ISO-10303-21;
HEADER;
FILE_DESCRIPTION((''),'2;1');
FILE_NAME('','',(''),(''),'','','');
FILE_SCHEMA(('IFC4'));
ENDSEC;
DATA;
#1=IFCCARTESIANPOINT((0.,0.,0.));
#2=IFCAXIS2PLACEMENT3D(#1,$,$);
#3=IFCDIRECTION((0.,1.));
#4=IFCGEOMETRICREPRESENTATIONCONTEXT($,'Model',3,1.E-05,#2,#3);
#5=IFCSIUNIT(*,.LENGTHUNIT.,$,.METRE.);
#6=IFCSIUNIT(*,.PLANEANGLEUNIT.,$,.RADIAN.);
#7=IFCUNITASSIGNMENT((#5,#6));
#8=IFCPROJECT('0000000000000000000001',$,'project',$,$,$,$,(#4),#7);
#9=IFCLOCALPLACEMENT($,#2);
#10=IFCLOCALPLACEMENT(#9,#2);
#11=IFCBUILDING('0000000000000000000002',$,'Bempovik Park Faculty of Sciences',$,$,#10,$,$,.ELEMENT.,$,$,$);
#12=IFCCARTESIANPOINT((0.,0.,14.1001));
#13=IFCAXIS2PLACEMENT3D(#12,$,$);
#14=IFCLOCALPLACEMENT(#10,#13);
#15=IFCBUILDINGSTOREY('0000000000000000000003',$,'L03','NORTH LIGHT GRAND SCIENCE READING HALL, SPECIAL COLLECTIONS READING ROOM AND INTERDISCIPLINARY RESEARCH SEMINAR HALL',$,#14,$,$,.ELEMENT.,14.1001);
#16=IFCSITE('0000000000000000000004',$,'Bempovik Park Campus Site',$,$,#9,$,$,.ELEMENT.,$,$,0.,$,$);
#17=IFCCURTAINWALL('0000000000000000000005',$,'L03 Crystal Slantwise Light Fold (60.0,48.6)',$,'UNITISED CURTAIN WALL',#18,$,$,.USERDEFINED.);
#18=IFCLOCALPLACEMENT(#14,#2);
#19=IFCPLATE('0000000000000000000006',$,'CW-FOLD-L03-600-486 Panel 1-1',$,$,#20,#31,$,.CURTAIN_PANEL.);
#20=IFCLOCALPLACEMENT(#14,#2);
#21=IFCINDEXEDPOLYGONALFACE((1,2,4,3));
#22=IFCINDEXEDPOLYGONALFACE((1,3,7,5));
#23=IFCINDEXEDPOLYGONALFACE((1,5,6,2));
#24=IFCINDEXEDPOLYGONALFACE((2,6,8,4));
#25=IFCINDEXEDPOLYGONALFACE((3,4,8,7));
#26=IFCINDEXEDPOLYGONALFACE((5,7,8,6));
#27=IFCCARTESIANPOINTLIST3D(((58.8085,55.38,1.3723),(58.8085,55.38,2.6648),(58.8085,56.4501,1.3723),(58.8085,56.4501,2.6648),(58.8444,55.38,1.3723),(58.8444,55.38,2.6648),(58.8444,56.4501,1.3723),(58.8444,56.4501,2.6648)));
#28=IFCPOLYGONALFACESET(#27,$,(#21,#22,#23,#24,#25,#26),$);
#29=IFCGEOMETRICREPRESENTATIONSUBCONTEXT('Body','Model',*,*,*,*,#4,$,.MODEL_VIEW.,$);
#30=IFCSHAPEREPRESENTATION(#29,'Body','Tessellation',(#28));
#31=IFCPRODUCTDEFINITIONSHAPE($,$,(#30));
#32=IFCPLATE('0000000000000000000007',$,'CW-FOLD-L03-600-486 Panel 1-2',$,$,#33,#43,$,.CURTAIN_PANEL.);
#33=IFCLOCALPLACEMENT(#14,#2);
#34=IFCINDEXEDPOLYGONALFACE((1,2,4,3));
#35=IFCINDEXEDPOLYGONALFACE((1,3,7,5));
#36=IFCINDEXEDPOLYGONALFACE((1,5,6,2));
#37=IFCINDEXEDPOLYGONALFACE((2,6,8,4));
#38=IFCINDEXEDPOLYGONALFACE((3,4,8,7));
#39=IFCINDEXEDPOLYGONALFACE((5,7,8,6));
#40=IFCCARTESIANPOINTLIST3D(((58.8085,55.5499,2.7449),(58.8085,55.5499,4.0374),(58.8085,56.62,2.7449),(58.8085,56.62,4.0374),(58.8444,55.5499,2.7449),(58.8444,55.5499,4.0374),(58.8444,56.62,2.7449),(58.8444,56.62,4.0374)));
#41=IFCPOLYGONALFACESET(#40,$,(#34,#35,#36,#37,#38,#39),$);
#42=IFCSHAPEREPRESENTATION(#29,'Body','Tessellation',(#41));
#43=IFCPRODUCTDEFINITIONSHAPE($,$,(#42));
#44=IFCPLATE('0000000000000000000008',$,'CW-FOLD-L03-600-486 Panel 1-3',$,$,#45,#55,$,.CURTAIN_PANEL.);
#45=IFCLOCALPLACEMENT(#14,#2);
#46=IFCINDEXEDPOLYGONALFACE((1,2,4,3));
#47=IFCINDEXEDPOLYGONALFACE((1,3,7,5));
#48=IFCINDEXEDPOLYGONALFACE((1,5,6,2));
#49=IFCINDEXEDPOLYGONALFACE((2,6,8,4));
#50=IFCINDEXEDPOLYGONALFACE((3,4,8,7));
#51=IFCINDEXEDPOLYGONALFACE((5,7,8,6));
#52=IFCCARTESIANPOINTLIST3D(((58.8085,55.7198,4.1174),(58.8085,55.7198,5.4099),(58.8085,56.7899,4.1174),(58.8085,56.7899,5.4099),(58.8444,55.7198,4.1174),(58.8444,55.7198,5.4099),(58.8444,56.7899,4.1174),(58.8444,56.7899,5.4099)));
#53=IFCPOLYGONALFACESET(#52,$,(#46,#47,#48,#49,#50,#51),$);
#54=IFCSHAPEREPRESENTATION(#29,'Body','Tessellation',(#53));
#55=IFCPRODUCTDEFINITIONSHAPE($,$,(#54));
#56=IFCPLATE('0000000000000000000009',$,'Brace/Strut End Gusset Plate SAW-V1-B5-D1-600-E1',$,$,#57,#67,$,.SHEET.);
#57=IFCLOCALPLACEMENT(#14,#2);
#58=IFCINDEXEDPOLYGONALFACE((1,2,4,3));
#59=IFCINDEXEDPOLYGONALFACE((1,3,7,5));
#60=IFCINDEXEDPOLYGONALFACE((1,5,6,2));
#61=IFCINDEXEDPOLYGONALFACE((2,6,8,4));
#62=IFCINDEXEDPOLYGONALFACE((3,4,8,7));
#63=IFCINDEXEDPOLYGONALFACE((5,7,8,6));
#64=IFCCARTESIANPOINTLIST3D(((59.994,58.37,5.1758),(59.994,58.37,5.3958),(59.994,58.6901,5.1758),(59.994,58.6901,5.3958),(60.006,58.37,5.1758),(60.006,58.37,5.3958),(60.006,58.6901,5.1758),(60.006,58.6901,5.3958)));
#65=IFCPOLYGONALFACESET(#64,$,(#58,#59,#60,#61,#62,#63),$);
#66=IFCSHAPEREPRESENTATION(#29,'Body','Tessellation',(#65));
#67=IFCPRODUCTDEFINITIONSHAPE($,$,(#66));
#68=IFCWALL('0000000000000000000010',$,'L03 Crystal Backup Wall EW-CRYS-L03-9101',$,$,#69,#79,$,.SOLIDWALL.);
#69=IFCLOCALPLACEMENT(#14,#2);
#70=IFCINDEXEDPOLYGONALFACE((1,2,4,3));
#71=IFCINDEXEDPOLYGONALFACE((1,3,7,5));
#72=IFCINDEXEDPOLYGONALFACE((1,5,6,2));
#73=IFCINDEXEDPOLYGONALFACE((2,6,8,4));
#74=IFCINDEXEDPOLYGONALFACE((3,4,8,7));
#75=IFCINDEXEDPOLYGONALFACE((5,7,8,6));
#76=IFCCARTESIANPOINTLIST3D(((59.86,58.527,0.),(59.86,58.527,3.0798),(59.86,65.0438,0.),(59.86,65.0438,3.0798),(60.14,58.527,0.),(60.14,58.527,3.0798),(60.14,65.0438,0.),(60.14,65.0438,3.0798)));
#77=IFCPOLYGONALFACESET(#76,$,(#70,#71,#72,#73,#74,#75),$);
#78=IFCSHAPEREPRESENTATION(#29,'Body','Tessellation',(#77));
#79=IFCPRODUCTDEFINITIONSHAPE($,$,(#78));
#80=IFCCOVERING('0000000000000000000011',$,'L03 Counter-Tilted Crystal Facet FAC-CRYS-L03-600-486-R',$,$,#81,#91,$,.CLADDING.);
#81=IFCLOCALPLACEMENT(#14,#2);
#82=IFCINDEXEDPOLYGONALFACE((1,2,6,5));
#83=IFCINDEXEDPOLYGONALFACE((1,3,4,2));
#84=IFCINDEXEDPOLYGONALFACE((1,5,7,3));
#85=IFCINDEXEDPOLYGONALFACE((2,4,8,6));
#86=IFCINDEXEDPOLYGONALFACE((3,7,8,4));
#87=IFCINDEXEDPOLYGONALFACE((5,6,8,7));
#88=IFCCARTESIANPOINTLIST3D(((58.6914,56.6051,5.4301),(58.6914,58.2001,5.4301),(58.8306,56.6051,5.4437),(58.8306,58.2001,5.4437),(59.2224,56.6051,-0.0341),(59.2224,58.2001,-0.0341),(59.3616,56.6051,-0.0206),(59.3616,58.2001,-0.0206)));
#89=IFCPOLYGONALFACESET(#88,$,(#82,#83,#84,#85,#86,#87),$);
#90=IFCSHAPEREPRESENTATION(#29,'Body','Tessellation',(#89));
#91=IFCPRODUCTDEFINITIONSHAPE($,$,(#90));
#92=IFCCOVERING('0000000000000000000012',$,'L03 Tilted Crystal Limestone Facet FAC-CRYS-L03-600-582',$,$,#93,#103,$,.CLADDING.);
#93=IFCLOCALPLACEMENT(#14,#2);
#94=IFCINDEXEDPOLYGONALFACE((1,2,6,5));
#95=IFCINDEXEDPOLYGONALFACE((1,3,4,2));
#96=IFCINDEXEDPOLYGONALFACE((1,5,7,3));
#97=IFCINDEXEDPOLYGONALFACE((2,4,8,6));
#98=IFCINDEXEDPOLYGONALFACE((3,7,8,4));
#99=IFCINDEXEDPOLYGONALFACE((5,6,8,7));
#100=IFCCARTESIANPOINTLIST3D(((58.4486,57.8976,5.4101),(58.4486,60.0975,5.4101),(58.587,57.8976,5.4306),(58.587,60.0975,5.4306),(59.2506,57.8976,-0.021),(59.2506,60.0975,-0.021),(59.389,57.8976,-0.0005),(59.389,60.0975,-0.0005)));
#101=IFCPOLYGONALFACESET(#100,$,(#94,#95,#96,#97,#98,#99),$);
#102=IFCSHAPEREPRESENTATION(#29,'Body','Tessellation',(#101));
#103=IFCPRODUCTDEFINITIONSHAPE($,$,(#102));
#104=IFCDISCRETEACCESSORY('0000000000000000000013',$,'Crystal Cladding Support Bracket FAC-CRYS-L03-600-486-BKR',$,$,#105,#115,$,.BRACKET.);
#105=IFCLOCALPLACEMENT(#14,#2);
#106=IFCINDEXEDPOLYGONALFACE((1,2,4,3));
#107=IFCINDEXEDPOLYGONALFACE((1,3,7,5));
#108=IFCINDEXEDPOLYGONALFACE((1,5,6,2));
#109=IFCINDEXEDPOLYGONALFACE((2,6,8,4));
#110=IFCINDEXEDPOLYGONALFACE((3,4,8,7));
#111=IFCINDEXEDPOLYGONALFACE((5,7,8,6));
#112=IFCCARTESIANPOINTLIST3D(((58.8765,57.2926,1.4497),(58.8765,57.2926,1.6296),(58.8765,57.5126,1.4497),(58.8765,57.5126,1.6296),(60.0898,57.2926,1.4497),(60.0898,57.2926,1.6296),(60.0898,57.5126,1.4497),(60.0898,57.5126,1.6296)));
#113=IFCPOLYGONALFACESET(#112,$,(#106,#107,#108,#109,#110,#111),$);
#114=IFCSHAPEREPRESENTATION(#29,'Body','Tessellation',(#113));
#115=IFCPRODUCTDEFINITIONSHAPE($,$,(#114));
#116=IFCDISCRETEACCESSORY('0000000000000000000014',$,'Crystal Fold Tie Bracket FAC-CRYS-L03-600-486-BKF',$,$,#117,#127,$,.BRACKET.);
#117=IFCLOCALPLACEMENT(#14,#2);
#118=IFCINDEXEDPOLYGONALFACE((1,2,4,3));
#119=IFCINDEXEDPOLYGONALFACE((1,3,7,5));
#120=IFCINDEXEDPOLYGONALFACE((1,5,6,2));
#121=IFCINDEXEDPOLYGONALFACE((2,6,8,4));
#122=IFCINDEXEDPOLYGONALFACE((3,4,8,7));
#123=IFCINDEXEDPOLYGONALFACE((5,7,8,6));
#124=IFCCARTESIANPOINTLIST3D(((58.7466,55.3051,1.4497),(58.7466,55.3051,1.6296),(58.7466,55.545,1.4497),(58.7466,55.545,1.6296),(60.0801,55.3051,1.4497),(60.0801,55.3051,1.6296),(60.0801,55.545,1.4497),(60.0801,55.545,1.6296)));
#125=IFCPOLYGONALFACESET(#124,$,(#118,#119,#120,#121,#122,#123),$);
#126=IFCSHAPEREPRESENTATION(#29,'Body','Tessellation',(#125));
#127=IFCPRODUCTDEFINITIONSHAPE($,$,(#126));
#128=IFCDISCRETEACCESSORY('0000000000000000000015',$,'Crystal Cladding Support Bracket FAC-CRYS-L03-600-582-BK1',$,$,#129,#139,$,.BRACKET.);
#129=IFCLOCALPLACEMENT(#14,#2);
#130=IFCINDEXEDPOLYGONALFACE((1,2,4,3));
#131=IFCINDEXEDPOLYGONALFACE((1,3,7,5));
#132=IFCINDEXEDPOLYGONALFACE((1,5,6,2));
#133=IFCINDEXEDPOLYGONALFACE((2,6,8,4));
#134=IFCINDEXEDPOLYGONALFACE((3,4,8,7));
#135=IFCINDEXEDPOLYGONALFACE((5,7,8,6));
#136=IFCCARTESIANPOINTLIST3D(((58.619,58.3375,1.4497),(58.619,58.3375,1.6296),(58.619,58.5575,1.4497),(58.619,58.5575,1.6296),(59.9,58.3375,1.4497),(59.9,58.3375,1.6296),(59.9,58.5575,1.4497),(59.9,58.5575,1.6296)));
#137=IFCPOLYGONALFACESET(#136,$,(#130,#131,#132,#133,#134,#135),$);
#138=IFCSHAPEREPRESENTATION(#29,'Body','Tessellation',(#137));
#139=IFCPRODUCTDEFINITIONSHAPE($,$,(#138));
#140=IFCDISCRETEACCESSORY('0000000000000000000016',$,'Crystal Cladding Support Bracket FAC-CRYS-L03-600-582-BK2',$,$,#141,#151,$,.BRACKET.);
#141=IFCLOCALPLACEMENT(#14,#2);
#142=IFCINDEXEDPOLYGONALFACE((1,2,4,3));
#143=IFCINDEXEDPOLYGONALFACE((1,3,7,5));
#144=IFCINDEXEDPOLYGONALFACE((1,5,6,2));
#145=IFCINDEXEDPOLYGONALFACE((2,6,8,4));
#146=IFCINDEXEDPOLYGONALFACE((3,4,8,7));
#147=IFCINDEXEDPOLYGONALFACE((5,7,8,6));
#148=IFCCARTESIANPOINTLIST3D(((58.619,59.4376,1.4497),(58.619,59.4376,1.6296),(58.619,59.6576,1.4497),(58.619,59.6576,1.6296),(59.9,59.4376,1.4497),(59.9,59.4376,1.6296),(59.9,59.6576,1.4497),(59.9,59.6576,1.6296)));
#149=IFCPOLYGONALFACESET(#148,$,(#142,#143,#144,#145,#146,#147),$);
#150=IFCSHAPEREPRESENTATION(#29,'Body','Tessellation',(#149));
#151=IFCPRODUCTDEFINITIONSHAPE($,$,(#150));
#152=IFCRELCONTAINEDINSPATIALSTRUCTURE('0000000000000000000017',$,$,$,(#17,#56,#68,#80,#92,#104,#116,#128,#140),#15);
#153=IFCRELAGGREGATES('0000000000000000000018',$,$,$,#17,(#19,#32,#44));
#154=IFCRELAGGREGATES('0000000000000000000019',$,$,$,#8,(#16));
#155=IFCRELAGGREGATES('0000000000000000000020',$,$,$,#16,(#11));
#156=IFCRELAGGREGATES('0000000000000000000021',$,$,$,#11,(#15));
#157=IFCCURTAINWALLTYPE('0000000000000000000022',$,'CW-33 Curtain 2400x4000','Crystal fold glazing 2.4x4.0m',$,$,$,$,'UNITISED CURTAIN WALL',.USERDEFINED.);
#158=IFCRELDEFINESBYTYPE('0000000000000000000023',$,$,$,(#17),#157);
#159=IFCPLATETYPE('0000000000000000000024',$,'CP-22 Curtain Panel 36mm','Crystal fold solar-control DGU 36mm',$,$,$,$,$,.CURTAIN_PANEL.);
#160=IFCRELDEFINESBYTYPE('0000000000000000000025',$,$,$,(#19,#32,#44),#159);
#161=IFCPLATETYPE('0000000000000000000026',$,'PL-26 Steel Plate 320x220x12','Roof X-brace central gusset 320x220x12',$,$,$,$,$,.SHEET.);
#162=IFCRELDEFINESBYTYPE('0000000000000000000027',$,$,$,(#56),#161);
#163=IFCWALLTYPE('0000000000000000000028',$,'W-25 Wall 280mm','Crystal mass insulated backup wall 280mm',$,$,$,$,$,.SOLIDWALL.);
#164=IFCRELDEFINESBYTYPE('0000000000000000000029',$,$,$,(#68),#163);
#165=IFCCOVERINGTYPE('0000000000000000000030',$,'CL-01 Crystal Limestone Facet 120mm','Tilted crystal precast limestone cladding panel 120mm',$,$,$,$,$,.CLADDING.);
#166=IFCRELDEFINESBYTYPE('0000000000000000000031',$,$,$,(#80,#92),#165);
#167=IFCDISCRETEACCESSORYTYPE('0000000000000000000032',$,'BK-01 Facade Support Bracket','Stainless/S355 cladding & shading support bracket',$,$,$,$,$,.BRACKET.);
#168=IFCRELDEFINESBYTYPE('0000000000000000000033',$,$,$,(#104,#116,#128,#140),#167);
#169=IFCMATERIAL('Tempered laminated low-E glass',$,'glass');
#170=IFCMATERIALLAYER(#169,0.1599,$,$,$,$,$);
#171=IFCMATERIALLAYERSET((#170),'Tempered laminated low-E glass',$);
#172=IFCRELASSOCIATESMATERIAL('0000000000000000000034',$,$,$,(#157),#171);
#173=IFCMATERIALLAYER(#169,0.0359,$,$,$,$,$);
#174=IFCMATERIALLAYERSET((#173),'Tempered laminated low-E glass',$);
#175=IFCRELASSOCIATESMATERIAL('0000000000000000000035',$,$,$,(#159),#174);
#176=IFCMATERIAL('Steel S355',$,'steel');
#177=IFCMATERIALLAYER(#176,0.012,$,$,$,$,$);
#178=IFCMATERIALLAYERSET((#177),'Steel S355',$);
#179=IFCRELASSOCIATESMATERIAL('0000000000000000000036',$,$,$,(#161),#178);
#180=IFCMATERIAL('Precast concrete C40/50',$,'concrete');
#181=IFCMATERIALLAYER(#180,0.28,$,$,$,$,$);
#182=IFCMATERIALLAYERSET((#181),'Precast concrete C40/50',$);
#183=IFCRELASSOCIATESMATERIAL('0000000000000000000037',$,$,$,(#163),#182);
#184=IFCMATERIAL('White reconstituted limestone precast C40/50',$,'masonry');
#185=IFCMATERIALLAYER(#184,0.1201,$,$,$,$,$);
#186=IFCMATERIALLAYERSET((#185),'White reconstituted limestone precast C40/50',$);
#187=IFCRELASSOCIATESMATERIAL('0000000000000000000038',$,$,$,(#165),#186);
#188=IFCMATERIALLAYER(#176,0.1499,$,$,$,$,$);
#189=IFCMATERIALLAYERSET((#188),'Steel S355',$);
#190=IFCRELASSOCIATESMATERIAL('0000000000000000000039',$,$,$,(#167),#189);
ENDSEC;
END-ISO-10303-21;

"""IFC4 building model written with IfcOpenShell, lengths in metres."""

from ifc_helpers import new_model, si_unit, direction, frame, frame_2d, origin, origin_2d, place, context, subcontext, project, spatial, rectangle, extrude, material, layer, layer_set, type_object, element, aggregate, save


model = new_model("IFC4")

# Units and contexts
model_context = context("Model", 3, precision=1e-05, world=origin(), true_north=direction((0.0, 1.0)))
body_context = subcontext(model_context, "Body", "Model", "MODEL_VIEW")
ifc_project = project(units=[si_unit("LENGTHUNIT", "METRE"), si_unit("PLANEANGLEUNIT", "RADIAN")], contexts=[model_context])

# Site, building, storey
site_placement = place(None, origin())
site = spatial("IfcSite", under=ifc_project, at=site_placement, Name="Bempovik Park Campus Site", CompositionType="ELEMENT", RefElevation=0.0)
building_placement = place(site_placement, origin())
building = spatial("IfcBuilding", under=site, at=building_placement, Name="Bempovik Park Faculty of Sciences", CompositionType="ELEMENT")
storey_placement = place(building_placement, frame((0.0, 0.0, 14.1001)))
storey = spatial("IfcBuildingStorey", under=building, at=storey_placement, Name="L03", Description="NORTH LIGHT GRAND SCIENCE READING HALL, SPECIAL COLLECTIONS READING ROOM AND INTERDISCIPLINARY RESEARCH SEMINAR HALL", CompositionType="ELEMENT", Elevation=14.1001)

# Shared definitions
ifc_material_1 = material(Name="Steel S355", Category="steel")

# Curtain wall
ifc_material_2 = material(Name="Tempered laminated low-E glass", Category="glass")
ifc_layer_1 = layer(ifc_material_2, 0.1599)
ifc_layer_set_1 = layer_set([ifc_layer_1], Name="Tempered laminated low-E glass")
curtain_wall_type = type_object("IfcCurtainWallType", Name="CW-33 Curtain 2400x4000", Description="Crystal fold glazing 2.4x4.0m", ElementType="UNITISED CURTAIN WALL", PredefinedType="USERDEFINED", material=ifc_layer_set_1)
curtain_wall_1_placement = place(storey_placement, origin())
curtain_wall_1 = element("IfcCurtainWall", 1, at=curtain_wall_1_placement, inside=storey, type_object=curtain_wall_type, Name="L03 Crystal Slantwise Light Fold (60.0,48.6)", ObjectType="UNITISED CURTAIN WALL", PredefinedType="USERDEFINED")

# Plates
ifc_layer_2 = layer(ifc_material_2, 0.0359)
ifc_layer_set_2 = layer_set([ifc_layer_2], Name="Tempered laminated low-E glass")
plate_type_1 = type_object("IfcPlateType", Name="CP-22 Curtain Panel 36mm", Description="Crystal fold solar-control DGU 36mm", PredefinedType="CURTAIN_PANEL", material=ifc_layer_set_2)
plate_1_placement = place(storey_placement, frame((58.8264, 55.915, 1.3723), z_axis=(0.0, 0.0, 1.0), x_axis=(0.0, 1.0, 0.0)))
plate_1 = element("IfcPlate", 2, at=plate_1_placement, type_object=plate_type_1, Name="CW-FOLD-L03-600-486 Panel 1-1", PredefinedType="CURTAIN_PANEL", context=body_context, shape_type="SweptSolid", body=[
    extrude(rectangle(XDim=1.0701, YDim=0.0359, at=origin_2d()), origin(), (0.0, 0.0, 1.0), 1.2925),
])
plate_2_placement = place(storey_placement, frame((58.8264, 56.085, 2.7449), z_axis=(0.0, 0.0, 1.0), x_axis=(0.0, 1.0, 0.0)))
plate_2 = element("IfcPlate", 3, at=plate_2_placement, type_object=plate_type_1, Name="CW-FOLD-L03-600-486 Panel 1-2", PredefinedType="CURTAIN_PANEL", context=body_context, shape_type="SweptSolid", body=[
    extrude(rectangle(XDim=1.0701, YDim=0.0359, at=origin_2d()), origin(), (0.0, 0.0, 1.0), 1.2925),
])
plate_3_placement = place(storey_placement, frame((58.8264, 56.2549, 4.1174), z_axis=(0.0, 0.0, 1.0), x_axis=(0.0, 1.0, 0.0)))
plate_3 = element("IfcPlate", 4, at=plate_3_placement, type_object=plate_type_1, Name="CW-FOLD-L03-600-486 Panel 1-3", PredefinedType="CURTAIN_PANEL", context=body_context, shape_type="SweptSolid", body=[
    extrude(rectangle(XDim=1.0701, YDim=0.0359, at=origin_2d()), origin(), (0.0, 0.0, 1.0), 1.2925),
])
aggregate(curtain_wall_1, [plate_1, plate_2, plate_3])
ifc_layer_3 = layer(ifc_material_1, 0.012)
ifc_layer_set_3 = layer_set([ifc_layer_3], Name="Steel S355")
plate_type_2 = type_object("IfcPlateType", Name="PL-26 Steel Plate 320x220x12", Description="Roof X-brace central gusset 320x220x12", PredefinedType="SHEET", material=ifc_layer_set_3)
plate_4_placement = place(storey_placement, frame((60.0, 58.53, 5.1758), z_axis=(0.0, 0.0, 1.0), x_axis=(1.0, 0.0, 0.0)))
element("IfcPlate", 5, at=plate_4_placement, inside=storey, type_object=plate_type_2, Name="Brace/Strut End Gusset Plate SAW-V1-B5-D1-600-E1", PredefinedType="SHEET", context=body_context, shape_type="SweptSolid", body=[
    extrude(rectangle(XDim=0.012, YDim=0.3201, at=origin_2d()), origin(), (0.0, 0.0, 1.0), 0.22),
])

# Wall
ifc_material_3 = material(Name="Precast concrete C40/50", Category="concrete")
ifc_layer_4 = layer(ifc_material_3, 0.28)
ifc_layer_set_4 = layer_set([ifc_layer_4], Name="Precast concrete C40/50")
wall_type = type_object("IfcWallType", Name="W-25 Wall 280mm", Description="Crystal mass insulated backup wall 280mm", PredefinedType="SOLIDWALL", material=ifc_layer_set_4)
wall_placement = place(storey_placement, frame((60.0, 58.5271, 0.0), z_axis=(0.0, 0.0, 1.0), x_axis=(0.0, 1.0, 0.0)))
element("IfcWall", 6, at=wall_placement, inside=storey, type_object=wall_type, Name="L03 Crystal Backup Wall EW-CRYS-L03-9101", PredefinedType="SOLIDWALL", context=body_context, shape_type="SweptSolid", body=[
    extrude(rectangle(XDim=6.5168, YDim=0.28, at=frame_2d((3.2583, 0.0))), origin(), (0.0, 0.0, 1.0), 3.0798),
])

# Coverings
ifc_material_4 = material(Name="White reconstituted limestone precast C40/50", Category="masonry")
ifc_layer_5 = layer(ifc_material_4, 0.1201)
ifc_layer_set_5 = layer_set([ifc_layer_5], Name="White reconstituted limestone precast C40/50")
covering_type = type_object("IfcCoveringType", Name="CL-01 Crystal Limestone Facet 120mm", Description="Tilted crystal precast limestone cladding panel 120mm", PredefinedType="CLADDING", material=ifc_layer_set_5)
covering_1_placement = place(storey_placement, frame((59.292, 57.4026, -0.0273), z_axis=(-0.096714, 0.0, 0.995312), x_axis=(0.0, 1.0, 0.0)))
element("IfcCovering", 7, at=covering_1_placement, inside=storey, type_object=covering_type, Name="L03 Counter-Tilted Crystal Facet FAC-CRYS-L03-600-486-R", PredefinedType="CLADDING", context=body_context, shape_type="SweptSolid", body=[
    extrude(rectangle(XDim=1.595, YDim=0.1399, at=origin_2d()), origin(), (0.0, 0.0, 1.0), 5.49),
])
covering_2_placement = place(storey_placement, frame((59.3198, 58.9976, -0.0107), z_axis=(-0.146083, 0.0, 0.989272), x_axis=(0.0, 1.0, 0.0)))
element("IfcCovering", 8, at=covering_2_placement, inside=storey, type_object=covering_type, Name="L03 Tilted Crystal Limestone Facet FAC-CRYS-L03-600-582", PredefinedType="CLADDING", context=body_context, shape_type="SweptSolid", body=[
    extrude(rectangle(XDim=2.2, YDim=0.1399, at=origin_2d()), origin(), (0.0, 0.0, 1.0), 5.49),
])

# Discrete accessories
ifc_layer_6 = layer(ifc_material_1, 0.1499)
ifc_layer_set_6 = layer_set([ifc_layer_6], Name="Steel S355")
discrete_accessory_type = type_object("IfcDiscreteAccessoryType", Name="BK-01 Facade Support Bracket", Description="Stainless/S355 cladding & shading support bracket", PredefinedType="BRACKET", material=ifc_layer_set_6)
discrete_accessory_1_placement = place(storey_placement, frame((59.4832, 57.4026, 1.4497), z_axis=(0.0, 0.0, 1.0), x_axis=(1.0, 0.0, 0.0)))
element("IfcDiscreteAccessory", 9, at=discrete_accessory_1_placement, inside=storey, type_object=discrete_accessory_type, Name="Crystal Cladding Support Bracket FAC-CRYS-L03-600-486-BKR", PredefinedType="BRACKET", context=body_context, shape_type="SweptSolid", body=[
    extrude(rectangle(XDim=1.2134, YDim=0.22, at=origin_2d()), origin(), (0.0, 0.0, 1.0), 0.1799),
])
discrete_accessory_2_placement = place(storey_placement, frame((59.4133, 55.425, 1.4497), z_axis=(0.0, 0.0, 1.0), x_axis=(1.0, 0.0, 0.0)))
element("IfcDiscreteAccessory", 10, at=discrete_accessory_2_placement, inside=storey, type_object=discrete_accessory_type, Name="Crystal Fold Tie Bracket FAC-CRYS-L03-600-486-BKF", PredefinedType="BRACKET", context=body_context, shape_type="SweptSolid", body=[
    extrude(rectangle(XDim=1.3335, YDim=0.24, at=origin_2d()), origin(), (0.0, 0.0, 1.0), 0.1799),
])
for number, where, z_axis, x_axis, name in (
    (11, (59.2595, 58.4475, 1.4497), (0.0, 0.0, 1.0), (1.0, 0.0, 0.0), "Crystal Cladding Support Bracket FAC-CRYS-L03-600-582-BK1"),
    (12, (59.2595, 59.5476, 1.4497), (0.0, 0.0, 1.0), (1.0, 0.0, 0.0), "Crystal Cladding Support Bracket FAC-CRYS-L03-600-582-BK2"),
):
    element("IfcDiscreteAccessory", number, at=place(storey_placement, frame(where, z_axis=z_axis, x_axis=x_axis)), inside=storey, type_object=discrete_accessory_type, Name=name, PredefinedType="BRACKET", context=body_context, shape_type="SweptSolid", body=[
        extrude(rectangle(XDim=1.281, YDim=0.22, at=origin_2d()), origin(), (0.0, 0.0, 1.0), 0.1799),
    ])

save(model, "model.ifc")
